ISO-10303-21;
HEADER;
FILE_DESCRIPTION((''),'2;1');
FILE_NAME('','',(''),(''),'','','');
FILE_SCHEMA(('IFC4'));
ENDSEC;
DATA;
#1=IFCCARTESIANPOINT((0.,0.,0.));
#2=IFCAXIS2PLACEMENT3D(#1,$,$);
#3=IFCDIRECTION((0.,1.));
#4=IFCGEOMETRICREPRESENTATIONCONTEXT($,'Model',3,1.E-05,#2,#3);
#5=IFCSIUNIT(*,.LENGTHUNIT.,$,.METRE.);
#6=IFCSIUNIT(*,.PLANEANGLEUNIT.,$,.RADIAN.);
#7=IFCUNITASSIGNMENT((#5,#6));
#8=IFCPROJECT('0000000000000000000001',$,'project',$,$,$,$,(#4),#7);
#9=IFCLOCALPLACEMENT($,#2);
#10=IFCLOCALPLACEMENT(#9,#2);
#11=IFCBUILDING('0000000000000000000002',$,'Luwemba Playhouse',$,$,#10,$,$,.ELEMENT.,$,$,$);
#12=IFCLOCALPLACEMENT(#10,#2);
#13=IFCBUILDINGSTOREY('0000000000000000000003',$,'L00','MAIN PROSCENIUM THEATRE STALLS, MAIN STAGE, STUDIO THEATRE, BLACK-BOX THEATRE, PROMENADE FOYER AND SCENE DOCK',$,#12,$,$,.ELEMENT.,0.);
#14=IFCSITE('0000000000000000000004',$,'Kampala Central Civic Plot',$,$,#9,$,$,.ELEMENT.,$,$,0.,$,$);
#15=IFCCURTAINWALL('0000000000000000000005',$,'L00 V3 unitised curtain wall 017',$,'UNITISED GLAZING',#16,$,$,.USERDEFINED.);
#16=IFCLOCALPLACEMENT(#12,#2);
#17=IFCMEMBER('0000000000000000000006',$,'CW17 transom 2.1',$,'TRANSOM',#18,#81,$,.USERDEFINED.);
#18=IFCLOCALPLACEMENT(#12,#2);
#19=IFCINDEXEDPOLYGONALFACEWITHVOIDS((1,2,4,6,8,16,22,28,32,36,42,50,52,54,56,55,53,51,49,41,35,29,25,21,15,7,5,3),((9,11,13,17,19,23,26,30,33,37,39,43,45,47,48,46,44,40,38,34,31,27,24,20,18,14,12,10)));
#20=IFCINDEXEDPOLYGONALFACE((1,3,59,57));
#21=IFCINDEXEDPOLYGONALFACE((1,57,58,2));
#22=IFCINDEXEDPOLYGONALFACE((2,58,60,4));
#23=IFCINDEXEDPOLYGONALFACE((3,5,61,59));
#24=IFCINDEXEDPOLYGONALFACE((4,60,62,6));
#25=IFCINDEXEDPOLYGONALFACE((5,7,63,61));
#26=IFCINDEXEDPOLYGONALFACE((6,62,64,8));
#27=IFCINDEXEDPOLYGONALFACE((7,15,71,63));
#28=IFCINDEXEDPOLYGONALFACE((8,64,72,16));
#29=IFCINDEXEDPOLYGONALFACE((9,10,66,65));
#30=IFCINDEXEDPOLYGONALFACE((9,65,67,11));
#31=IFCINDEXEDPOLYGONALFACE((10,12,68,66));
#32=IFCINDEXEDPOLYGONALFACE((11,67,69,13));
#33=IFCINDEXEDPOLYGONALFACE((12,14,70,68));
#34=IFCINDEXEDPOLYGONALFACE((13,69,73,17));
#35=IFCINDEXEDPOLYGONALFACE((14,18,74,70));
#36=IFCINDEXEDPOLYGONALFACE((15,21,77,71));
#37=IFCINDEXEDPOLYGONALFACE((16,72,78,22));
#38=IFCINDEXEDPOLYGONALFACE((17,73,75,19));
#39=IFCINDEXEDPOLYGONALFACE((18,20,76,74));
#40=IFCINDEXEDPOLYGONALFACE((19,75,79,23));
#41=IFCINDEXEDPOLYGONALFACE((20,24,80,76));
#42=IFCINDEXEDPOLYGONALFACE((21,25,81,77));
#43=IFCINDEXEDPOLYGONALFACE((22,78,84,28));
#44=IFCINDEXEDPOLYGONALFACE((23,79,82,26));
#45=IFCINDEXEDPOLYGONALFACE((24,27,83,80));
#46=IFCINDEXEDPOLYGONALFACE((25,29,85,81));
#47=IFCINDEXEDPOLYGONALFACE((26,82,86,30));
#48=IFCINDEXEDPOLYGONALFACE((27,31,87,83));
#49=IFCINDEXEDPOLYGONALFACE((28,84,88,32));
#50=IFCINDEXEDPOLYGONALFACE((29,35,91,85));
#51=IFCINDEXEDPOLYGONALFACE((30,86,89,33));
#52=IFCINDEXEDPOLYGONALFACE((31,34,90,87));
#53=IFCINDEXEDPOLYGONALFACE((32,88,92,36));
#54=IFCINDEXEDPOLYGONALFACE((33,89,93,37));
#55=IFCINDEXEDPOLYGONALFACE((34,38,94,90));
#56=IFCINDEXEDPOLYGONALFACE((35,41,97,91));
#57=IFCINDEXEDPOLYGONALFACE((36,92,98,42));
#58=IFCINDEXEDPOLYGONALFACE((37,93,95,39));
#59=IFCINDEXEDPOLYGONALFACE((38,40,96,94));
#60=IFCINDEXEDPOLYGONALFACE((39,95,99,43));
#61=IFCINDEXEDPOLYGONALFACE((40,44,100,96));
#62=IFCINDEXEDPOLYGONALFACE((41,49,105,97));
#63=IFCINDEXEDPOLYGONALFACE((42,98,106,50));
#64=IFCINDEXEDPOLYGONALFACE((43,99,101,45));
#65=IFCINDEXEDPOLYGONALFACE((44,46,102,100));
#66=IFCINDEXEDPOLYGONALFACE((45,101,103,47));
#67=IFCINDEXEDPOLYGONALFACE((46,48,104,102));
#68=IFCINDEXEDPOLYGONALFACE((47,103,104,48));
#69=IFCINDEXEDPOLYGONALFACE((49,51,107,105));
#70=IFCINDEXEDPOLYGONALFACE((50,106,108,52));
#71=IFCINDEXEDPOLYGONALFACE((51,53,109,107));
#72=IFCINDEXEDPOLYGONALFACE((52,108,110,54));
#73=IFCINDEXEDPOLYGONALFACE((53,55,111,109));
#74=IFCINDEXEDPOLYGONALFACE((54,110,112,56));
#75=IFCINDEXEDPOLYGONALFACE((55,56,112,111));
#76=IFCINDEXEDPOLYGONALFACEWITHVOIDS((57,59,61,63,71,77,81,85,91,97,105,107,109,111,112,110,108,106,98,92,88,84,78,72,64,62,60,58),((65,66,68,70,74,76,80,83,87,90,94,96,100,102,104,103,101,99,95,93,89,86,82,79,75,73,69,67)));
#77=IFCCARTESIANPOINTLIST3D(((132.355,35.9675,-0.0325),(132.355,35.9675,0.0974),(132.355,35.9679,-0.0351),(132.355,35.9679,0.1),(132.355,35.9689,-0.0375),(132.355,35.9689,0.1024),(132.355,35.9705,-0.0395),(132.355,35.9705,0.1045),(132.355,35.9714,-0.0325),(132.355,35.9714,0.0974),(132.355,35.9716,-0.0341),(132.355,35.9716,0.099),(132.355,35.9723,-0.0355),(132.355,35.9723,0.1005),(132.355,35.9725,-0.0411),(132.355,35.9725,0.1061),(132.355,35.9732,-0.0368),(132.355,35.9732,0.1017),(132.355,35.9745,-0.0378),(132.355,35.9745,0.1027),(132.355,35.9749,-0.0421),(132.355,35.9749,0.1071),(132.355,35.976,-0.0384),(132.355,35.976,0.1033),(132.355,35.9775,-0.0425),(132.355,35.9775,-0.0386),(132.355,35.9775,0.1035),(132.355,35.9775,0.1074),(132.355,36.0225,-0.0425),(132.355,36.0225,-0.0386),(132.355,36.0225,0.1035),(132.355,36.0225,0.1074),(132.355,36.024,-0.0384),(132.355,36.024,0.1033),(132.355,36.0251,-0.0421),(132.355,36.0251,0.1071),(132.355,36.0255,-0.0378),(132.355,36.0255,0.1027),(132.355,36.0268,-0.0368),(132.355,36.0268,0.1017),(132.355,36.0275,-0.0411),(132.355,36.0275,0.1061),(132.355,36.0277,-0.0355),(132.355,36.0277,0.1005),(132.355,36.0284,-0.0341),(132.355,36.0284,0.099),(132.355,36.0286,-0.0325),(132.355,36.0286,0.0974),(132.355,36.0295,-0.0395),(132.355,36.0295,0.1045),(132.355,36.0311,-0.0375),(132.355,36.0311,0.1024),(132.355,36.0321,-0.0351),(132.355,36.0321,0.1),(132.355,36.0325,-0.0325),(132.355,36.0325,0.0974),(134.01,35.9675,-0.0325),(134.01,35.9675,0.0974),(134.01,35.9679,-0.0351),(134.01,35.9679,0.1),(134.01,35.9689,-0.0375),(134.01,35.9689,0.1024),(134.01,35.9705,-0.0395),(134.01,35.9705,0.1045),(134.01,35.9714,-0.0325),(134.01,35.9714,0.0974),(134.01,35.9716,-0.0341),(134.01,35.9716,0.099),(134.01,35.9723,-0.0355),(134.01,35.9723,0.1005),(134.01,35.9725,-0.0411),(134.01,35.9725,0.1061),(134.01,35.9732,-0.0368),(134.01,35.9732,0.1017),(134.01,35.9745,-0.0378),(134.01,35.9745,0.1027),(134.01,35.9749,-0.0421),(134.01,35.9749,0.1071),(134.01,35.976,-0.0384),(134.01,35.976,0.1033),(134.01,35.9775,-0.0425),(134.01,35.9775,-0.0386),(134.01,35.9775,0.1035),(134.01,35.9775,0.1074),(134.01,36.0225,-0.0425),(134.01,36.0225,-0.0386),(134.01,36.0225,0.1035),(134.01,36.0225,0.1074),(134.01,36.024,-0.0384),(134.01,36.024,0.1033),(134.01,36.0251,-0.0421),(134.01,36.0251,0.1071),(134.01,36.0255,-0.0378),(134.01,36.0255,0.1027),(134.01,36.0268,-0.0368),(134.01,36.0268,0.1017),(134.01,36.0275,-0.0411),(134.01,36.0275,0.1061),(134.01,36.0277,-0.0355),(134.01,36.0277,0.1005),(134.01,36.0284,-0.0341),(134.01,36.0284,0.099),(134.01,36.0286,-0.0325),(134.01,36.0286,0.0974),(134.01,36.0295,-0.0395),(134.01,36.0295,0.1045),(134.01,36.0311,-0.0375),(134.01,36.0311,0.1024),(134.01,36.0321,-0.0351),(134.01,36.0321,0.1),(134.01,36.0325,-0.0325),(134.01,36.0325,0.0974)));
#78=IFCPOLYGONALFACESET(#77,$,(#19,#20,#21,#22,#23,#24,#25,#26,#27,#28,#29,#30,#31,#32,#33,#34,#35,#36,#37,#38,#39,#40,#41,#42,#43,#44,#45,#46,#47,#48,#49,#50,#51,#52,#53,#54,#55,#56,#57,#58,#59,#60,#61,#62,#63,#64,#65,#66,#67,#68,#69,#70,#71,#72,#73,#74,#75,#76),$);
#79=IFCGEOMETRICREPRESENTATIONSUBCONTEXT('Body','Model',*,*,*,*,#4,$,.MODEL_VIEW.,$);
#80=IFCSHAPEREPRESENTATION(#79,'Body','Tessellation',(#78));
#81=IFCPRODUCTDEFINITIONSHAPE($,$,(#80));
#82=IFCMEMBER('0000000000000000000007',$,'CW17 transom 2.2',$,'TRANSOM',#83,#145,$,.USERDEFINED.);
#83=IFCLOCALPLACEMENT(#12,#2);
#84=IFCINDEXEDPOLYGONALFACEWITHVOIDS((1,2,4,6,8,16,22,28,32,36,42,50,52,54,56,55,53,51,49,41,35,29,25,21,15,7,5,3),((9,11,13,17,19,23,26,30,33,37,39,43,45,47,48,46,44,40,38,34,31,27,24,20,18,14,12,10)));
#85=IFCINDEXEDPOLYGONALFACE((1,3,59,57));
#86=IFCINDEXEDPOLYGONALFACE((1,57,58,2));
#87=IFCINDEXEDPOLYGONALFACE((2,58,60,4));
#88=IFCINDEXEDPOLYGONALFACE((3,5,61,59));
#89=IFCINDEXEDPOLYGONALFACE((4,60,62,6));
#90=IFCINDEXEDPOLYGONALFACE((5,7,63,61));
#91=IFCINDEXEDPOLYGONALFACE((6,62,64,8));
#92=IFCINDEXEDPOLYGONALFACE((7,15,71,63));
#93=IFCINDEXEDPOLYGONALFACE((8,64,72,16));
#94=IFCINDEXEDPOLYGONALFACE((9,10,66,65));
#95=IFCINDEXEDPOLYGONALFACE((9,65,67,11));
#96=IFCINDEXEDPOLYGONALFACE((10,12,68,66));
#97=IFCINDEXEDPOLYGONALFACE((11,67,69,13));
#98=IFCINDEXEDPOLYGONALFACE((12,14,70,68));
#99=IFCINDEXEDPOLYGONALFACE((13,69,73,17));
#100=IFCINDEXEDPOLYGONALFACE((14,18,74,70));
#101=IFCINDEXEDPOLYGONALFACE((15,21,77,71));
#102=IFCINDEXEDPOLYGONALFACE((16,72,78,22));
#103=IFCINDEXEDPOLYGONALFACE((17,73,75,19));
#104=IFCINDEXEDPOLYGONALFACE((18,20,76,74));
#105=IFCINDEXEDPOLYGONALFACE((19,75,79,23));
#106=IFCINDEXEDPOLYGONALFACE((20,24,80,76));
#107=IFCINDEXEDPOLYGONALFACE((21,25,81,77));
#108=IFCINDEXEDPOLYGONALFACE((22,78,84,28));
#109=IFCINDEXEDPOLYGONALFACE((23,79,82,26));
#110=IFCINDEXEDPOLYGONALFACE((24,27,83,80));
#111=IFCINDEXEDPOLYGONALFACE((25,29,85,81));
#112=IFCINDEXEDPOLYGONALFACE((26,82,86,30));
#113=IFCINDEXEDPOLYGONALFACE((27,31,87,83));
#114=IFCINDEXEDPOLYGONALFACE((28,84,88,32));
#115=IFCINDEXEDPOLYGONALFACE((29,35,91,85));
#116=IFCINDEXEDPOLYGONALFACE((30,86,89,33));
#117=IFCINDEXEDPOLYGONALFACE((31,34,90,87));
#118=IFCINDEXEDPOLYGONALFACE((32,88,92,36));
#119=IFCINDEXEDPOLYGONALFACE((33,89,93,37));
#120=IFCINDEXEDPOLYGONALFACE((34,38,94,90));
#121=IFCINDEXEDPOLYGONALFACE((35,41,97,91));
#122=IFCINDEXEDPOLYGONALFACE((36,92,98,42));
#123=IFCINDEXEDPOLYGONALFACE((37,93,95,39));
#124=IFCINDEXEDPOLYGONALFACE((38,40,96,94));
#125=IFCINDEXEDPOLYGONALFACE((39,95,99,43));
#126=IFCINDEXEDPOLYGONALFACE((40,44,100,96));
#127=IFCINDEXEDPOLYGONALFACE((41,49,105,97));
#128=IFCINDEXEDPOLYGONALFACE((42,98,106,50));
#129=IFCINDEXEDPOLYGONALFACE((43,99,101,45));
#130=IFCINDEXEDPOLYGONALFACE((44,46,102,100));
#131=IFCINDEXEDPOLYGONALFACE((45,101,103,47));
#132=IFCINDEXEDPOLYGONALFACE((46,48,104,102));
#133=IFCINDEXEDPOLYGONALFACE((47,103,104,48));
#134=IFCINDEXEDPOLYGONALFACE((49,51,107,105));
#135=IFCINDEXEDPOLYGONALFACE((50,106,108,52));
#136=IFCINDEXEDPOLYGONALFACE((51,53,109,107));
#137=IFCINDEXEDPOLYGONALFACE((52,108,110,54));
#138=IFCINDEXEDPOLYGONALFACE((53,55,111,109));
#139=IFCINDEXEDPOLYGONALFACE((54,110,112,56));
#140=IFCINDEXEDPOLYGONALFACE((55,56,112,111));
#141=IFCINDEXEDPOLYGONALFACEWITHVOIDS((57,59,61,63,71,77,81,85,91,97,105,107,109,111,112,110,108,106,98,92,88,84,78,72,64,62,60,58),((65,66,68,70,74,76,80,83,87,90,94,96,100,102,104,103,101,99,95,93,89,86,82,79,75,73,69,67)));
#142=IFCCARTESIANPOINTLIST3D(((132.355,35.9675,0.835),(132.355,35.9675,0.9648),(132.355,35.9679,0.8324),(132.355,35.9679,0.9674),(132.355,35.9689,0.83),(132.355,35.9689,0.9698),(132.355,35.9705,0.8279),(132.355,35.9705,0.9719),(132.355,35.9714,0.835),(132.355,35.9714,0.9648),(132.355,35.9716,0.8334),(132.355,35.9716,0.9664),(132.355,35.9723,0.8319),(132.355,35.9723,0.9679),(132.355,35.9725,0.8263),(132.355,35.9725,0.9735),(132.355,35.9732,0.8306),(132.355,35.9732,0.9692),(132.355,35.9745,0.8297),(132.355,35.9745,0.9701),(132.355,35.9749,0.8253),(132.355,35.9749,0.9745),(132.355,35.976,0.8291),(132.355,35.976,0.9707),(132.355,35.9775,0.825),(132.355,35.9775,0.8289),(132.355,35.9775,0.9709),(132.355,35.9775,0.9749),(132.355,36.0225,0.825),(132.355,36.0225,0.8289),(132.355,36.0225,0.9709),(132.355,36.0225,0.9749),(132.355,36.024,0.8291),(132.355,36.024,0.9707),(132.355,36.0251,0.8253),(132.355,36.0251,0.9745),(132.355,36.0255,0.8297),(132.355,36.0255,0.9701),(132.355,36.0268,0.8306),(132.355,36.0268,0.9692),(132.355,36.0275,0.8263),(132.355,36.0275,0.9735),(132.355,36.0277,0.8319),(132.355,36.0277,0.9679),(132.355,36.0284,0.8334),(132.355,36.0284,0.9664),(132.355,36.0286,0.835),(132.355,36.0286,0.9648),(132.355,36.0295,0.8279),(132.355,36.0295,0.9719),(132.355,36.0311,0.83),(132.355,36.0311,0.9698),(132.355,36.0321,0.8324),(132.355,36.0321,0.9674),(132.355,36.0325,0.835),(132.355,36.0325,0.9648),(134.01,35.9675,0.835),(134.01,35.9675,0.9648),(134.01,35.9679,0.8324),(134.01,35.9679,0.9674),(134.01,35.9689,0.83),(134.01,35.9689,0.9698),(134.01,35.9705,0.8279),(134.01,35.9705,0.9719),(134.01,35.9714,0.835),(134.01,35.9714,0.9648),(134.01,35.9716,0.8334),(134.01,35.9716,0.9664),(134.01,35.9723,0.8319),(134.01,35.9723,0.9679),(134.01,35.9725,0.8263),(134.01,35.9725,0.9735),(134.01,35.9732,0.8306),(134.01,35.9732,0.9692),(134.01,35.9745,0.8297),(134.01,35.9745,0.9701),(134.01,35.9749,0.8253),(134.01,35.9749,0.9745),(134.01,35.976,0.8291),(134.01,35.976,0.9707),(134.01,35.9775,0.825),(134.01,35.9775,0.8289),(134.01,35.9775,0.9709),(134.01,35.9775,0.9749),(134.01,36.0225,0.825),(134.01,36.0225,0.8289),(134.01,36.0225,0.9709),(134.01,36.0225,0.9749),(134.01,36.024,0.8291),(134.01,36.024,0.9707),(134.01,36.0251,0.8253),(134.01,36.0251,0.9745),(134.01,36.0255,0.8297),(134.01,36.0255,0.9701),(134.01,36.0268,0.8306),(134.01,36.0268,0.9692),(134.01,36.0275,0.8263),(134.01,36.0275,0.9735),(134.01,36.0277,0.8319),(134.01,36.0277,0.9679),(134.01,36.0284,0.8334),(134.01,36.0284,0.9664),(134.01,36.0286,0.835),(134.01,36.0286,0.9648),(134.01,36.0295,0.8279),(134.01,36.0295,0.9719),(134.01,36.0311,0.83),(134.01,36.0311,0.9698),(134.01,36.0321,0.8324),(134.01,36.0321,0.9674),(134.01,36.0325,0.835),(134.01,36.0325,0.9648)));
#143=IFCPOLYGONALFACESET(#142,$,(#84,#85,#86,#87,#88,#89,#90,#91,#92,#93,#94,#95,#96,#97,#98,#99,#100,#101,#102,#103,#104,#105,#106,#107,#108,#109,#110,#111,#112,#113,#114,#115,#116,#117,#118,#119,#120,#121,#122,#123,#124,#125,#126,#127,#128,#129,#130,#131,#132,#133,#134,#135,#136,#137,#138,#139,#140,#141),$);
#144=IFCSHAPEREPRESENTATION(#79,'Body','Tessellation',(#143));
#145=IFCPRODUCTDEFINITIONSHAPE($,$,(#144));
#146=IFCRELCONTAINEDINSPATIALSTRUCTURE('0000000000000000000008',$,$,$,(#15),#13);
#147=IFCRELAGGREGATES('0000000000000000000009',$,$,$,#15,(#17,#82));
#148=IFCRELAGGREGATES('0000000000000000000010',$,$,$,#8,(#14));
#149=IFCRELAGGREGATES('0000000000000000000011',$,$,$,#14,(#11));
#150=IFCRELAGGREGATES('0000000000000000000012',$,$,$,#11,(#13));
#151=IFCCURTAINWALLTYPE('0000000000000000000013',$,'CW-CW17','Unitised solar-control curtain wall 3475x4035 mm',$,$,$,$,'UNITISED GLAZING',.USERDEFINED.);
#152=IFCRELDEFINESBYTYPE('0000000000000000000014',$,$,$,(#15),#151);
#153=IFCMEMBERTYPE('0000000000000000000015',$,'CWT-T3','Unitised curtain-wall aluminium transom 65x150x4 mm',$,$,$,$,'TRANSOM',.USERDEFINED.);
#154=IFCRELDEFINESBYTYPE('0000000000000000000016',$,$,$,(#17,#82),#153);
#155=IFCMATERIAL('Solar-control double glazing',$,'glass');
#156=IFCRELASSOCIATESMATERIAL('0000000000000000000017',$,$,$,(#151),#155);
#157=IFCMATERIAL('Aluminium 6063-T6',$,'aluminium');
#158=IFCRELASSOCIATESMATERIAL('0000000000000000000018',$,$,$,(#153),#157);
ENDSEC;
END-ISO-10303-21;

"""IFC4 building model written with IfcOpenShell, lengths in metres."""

from ifc_helpers import new_model, si_unit, direction, frame, origin, origin_2d, place, context, subcontext, project, spatial, hollow_rectangle, extrude, material, material_profile, profile_set, type_object, element, aggregate, save


model = new_model("IFC4")

# Units and contexts
model_context = context("Model", 3, precision=1e-05, world=origin(), true_north=direction((0.0, 1.0)))
body_context = subcontext(model_context, "Body", "Model", "MODEL_VIEW")
ifc_project = project(units=[si_unit("LENGTHUNIT", "METRE"), si_unit("PLANEANGLEUNIT", "RADIAN")], contexts=[model_context])

# Site, building, storey
site_placement = place(None, origin())
site = spatial("IfcSite", under=ifc_project, at=site_placement, Name="Kampala Central Civic Plot", CompositionType="ELEMENT", RefElevation=0.0)
building_placement = place(site_placement, origin())
building = spatial("IfcBuilding", under=site, at=building_placement, Name="Luwemba Playhouse", CompositionType="ELEMENT")
storey_placement = place(building_placement, origin())
storey = spatial("IfcBuildingStorey", under=building, at=storey_placement, Name="L00", Description="MAIN PROSCENIUM THEATRE STALLS, MAIN STAGE, STUDIO THEATRE, BLACK-BOX THEATRE, PROMENADE FOYER AND SCENE DOCK", CompositionType="ELEMENT", Elevation=0.0)

# Shared definitions
ifc_material_1 = material(Name="Solar-control double glazing", Category="glass")
ifc_material_2 = material(Name="Aluminium 6063-T6", Category="aluminium")

# Curtain wall
curtain_wall_type_1 = type_object("IfcCurtainWallType", Name="CW-CW17", Description="Unitised solar-control curtain wall 3475x4035 mm", ElementType="UNITISED GLAZING", PredefinedType="USERDEFINED", material=ifc_material_1)
curtain_wall_1_placement = place(storey_placement, origin())
curtain_wall_1 = element("IfcCurtainWall", 1, at=curtain_wall_1_placement, inside=storey, type_object=curtain_wall_type_1, Name="L00 V3 unitised curtain wall 017", ObjectType="UNITISED GLAZING", PredefinedType="USERDEFINED")

# Members
ifc_material_profile_1 = material_profile(ifc_material_2, hollow_rectangle(XDim=0.0649, YDim=0.1499, WallThickness=0.0039, InnerFilletRadius=0.0061, OuterFilletRadius=0.01, at=origin_2d()))
ifc_profile_set_1 = profile_set([ifc_material_profile_1], Name="Aluminium 6063-T6")
member_type_1 = type_object("IfcMemberType", Name="CWT-T3", Description="Unitised curtain-wall aluminium transom 65x150x4 mm", ElementType="TRANSOM", PredefinedType="USERDEFINED", material=ifc_profile_set_1)
member_1_placement = place(storey_placement, frame((134.01, 36.0, 0.0325), z_axis=(-1.0, 0.0, 0.0), x_axis=(0.0, -1.0, 0.0)))
member_1 = element("IfcMember", 2, at=member_1_placement, type_object=member_type_1, Name="CW17 transom 2.1", ObjectType="TRANSOM", PredefinedType="USERDEFINED", context=body_context, shape_type="SweptSolid", body=[
    extrude(hollow_rectangle(XDim=0.0649, YDim=0.1499, WallThickness=0.0039, InnerFilletRadius=0.0061, OuterFilletRadius=0.01, at=origin_2d()), origin(), (0.0, 0.0, 1.0), 1.655),
])
member_2_placement = place(storey_placement, frame((134.01, 36.0, 0.8999), z_axis=(-1.0, 0.0, 0.0), x_axis=(0.0, -1.0, 0.0)))
member_2 = element("IfcMember", 3, at=member_2_placement, type_object=member_type_1, Name="CW17 transom 2.2", ObjectType="TRANSOM", PredefinedType="USERDEFINED", context=body_context, shape_type="SweptSolid", body=[
    extrude(hollow_rectangle(XDim=0.0649, YDim=0.1499, WallThickness=0.0039, InnerFilletRadius=0.0061, OuterFilletRadius=0.01, at=origin_2d()), origin(), (0.0, 0.0, 1.0), 1.655),
])

aggregate(curtain_wall_1, [member_1, member_2])

save(model, "model.ifc")
